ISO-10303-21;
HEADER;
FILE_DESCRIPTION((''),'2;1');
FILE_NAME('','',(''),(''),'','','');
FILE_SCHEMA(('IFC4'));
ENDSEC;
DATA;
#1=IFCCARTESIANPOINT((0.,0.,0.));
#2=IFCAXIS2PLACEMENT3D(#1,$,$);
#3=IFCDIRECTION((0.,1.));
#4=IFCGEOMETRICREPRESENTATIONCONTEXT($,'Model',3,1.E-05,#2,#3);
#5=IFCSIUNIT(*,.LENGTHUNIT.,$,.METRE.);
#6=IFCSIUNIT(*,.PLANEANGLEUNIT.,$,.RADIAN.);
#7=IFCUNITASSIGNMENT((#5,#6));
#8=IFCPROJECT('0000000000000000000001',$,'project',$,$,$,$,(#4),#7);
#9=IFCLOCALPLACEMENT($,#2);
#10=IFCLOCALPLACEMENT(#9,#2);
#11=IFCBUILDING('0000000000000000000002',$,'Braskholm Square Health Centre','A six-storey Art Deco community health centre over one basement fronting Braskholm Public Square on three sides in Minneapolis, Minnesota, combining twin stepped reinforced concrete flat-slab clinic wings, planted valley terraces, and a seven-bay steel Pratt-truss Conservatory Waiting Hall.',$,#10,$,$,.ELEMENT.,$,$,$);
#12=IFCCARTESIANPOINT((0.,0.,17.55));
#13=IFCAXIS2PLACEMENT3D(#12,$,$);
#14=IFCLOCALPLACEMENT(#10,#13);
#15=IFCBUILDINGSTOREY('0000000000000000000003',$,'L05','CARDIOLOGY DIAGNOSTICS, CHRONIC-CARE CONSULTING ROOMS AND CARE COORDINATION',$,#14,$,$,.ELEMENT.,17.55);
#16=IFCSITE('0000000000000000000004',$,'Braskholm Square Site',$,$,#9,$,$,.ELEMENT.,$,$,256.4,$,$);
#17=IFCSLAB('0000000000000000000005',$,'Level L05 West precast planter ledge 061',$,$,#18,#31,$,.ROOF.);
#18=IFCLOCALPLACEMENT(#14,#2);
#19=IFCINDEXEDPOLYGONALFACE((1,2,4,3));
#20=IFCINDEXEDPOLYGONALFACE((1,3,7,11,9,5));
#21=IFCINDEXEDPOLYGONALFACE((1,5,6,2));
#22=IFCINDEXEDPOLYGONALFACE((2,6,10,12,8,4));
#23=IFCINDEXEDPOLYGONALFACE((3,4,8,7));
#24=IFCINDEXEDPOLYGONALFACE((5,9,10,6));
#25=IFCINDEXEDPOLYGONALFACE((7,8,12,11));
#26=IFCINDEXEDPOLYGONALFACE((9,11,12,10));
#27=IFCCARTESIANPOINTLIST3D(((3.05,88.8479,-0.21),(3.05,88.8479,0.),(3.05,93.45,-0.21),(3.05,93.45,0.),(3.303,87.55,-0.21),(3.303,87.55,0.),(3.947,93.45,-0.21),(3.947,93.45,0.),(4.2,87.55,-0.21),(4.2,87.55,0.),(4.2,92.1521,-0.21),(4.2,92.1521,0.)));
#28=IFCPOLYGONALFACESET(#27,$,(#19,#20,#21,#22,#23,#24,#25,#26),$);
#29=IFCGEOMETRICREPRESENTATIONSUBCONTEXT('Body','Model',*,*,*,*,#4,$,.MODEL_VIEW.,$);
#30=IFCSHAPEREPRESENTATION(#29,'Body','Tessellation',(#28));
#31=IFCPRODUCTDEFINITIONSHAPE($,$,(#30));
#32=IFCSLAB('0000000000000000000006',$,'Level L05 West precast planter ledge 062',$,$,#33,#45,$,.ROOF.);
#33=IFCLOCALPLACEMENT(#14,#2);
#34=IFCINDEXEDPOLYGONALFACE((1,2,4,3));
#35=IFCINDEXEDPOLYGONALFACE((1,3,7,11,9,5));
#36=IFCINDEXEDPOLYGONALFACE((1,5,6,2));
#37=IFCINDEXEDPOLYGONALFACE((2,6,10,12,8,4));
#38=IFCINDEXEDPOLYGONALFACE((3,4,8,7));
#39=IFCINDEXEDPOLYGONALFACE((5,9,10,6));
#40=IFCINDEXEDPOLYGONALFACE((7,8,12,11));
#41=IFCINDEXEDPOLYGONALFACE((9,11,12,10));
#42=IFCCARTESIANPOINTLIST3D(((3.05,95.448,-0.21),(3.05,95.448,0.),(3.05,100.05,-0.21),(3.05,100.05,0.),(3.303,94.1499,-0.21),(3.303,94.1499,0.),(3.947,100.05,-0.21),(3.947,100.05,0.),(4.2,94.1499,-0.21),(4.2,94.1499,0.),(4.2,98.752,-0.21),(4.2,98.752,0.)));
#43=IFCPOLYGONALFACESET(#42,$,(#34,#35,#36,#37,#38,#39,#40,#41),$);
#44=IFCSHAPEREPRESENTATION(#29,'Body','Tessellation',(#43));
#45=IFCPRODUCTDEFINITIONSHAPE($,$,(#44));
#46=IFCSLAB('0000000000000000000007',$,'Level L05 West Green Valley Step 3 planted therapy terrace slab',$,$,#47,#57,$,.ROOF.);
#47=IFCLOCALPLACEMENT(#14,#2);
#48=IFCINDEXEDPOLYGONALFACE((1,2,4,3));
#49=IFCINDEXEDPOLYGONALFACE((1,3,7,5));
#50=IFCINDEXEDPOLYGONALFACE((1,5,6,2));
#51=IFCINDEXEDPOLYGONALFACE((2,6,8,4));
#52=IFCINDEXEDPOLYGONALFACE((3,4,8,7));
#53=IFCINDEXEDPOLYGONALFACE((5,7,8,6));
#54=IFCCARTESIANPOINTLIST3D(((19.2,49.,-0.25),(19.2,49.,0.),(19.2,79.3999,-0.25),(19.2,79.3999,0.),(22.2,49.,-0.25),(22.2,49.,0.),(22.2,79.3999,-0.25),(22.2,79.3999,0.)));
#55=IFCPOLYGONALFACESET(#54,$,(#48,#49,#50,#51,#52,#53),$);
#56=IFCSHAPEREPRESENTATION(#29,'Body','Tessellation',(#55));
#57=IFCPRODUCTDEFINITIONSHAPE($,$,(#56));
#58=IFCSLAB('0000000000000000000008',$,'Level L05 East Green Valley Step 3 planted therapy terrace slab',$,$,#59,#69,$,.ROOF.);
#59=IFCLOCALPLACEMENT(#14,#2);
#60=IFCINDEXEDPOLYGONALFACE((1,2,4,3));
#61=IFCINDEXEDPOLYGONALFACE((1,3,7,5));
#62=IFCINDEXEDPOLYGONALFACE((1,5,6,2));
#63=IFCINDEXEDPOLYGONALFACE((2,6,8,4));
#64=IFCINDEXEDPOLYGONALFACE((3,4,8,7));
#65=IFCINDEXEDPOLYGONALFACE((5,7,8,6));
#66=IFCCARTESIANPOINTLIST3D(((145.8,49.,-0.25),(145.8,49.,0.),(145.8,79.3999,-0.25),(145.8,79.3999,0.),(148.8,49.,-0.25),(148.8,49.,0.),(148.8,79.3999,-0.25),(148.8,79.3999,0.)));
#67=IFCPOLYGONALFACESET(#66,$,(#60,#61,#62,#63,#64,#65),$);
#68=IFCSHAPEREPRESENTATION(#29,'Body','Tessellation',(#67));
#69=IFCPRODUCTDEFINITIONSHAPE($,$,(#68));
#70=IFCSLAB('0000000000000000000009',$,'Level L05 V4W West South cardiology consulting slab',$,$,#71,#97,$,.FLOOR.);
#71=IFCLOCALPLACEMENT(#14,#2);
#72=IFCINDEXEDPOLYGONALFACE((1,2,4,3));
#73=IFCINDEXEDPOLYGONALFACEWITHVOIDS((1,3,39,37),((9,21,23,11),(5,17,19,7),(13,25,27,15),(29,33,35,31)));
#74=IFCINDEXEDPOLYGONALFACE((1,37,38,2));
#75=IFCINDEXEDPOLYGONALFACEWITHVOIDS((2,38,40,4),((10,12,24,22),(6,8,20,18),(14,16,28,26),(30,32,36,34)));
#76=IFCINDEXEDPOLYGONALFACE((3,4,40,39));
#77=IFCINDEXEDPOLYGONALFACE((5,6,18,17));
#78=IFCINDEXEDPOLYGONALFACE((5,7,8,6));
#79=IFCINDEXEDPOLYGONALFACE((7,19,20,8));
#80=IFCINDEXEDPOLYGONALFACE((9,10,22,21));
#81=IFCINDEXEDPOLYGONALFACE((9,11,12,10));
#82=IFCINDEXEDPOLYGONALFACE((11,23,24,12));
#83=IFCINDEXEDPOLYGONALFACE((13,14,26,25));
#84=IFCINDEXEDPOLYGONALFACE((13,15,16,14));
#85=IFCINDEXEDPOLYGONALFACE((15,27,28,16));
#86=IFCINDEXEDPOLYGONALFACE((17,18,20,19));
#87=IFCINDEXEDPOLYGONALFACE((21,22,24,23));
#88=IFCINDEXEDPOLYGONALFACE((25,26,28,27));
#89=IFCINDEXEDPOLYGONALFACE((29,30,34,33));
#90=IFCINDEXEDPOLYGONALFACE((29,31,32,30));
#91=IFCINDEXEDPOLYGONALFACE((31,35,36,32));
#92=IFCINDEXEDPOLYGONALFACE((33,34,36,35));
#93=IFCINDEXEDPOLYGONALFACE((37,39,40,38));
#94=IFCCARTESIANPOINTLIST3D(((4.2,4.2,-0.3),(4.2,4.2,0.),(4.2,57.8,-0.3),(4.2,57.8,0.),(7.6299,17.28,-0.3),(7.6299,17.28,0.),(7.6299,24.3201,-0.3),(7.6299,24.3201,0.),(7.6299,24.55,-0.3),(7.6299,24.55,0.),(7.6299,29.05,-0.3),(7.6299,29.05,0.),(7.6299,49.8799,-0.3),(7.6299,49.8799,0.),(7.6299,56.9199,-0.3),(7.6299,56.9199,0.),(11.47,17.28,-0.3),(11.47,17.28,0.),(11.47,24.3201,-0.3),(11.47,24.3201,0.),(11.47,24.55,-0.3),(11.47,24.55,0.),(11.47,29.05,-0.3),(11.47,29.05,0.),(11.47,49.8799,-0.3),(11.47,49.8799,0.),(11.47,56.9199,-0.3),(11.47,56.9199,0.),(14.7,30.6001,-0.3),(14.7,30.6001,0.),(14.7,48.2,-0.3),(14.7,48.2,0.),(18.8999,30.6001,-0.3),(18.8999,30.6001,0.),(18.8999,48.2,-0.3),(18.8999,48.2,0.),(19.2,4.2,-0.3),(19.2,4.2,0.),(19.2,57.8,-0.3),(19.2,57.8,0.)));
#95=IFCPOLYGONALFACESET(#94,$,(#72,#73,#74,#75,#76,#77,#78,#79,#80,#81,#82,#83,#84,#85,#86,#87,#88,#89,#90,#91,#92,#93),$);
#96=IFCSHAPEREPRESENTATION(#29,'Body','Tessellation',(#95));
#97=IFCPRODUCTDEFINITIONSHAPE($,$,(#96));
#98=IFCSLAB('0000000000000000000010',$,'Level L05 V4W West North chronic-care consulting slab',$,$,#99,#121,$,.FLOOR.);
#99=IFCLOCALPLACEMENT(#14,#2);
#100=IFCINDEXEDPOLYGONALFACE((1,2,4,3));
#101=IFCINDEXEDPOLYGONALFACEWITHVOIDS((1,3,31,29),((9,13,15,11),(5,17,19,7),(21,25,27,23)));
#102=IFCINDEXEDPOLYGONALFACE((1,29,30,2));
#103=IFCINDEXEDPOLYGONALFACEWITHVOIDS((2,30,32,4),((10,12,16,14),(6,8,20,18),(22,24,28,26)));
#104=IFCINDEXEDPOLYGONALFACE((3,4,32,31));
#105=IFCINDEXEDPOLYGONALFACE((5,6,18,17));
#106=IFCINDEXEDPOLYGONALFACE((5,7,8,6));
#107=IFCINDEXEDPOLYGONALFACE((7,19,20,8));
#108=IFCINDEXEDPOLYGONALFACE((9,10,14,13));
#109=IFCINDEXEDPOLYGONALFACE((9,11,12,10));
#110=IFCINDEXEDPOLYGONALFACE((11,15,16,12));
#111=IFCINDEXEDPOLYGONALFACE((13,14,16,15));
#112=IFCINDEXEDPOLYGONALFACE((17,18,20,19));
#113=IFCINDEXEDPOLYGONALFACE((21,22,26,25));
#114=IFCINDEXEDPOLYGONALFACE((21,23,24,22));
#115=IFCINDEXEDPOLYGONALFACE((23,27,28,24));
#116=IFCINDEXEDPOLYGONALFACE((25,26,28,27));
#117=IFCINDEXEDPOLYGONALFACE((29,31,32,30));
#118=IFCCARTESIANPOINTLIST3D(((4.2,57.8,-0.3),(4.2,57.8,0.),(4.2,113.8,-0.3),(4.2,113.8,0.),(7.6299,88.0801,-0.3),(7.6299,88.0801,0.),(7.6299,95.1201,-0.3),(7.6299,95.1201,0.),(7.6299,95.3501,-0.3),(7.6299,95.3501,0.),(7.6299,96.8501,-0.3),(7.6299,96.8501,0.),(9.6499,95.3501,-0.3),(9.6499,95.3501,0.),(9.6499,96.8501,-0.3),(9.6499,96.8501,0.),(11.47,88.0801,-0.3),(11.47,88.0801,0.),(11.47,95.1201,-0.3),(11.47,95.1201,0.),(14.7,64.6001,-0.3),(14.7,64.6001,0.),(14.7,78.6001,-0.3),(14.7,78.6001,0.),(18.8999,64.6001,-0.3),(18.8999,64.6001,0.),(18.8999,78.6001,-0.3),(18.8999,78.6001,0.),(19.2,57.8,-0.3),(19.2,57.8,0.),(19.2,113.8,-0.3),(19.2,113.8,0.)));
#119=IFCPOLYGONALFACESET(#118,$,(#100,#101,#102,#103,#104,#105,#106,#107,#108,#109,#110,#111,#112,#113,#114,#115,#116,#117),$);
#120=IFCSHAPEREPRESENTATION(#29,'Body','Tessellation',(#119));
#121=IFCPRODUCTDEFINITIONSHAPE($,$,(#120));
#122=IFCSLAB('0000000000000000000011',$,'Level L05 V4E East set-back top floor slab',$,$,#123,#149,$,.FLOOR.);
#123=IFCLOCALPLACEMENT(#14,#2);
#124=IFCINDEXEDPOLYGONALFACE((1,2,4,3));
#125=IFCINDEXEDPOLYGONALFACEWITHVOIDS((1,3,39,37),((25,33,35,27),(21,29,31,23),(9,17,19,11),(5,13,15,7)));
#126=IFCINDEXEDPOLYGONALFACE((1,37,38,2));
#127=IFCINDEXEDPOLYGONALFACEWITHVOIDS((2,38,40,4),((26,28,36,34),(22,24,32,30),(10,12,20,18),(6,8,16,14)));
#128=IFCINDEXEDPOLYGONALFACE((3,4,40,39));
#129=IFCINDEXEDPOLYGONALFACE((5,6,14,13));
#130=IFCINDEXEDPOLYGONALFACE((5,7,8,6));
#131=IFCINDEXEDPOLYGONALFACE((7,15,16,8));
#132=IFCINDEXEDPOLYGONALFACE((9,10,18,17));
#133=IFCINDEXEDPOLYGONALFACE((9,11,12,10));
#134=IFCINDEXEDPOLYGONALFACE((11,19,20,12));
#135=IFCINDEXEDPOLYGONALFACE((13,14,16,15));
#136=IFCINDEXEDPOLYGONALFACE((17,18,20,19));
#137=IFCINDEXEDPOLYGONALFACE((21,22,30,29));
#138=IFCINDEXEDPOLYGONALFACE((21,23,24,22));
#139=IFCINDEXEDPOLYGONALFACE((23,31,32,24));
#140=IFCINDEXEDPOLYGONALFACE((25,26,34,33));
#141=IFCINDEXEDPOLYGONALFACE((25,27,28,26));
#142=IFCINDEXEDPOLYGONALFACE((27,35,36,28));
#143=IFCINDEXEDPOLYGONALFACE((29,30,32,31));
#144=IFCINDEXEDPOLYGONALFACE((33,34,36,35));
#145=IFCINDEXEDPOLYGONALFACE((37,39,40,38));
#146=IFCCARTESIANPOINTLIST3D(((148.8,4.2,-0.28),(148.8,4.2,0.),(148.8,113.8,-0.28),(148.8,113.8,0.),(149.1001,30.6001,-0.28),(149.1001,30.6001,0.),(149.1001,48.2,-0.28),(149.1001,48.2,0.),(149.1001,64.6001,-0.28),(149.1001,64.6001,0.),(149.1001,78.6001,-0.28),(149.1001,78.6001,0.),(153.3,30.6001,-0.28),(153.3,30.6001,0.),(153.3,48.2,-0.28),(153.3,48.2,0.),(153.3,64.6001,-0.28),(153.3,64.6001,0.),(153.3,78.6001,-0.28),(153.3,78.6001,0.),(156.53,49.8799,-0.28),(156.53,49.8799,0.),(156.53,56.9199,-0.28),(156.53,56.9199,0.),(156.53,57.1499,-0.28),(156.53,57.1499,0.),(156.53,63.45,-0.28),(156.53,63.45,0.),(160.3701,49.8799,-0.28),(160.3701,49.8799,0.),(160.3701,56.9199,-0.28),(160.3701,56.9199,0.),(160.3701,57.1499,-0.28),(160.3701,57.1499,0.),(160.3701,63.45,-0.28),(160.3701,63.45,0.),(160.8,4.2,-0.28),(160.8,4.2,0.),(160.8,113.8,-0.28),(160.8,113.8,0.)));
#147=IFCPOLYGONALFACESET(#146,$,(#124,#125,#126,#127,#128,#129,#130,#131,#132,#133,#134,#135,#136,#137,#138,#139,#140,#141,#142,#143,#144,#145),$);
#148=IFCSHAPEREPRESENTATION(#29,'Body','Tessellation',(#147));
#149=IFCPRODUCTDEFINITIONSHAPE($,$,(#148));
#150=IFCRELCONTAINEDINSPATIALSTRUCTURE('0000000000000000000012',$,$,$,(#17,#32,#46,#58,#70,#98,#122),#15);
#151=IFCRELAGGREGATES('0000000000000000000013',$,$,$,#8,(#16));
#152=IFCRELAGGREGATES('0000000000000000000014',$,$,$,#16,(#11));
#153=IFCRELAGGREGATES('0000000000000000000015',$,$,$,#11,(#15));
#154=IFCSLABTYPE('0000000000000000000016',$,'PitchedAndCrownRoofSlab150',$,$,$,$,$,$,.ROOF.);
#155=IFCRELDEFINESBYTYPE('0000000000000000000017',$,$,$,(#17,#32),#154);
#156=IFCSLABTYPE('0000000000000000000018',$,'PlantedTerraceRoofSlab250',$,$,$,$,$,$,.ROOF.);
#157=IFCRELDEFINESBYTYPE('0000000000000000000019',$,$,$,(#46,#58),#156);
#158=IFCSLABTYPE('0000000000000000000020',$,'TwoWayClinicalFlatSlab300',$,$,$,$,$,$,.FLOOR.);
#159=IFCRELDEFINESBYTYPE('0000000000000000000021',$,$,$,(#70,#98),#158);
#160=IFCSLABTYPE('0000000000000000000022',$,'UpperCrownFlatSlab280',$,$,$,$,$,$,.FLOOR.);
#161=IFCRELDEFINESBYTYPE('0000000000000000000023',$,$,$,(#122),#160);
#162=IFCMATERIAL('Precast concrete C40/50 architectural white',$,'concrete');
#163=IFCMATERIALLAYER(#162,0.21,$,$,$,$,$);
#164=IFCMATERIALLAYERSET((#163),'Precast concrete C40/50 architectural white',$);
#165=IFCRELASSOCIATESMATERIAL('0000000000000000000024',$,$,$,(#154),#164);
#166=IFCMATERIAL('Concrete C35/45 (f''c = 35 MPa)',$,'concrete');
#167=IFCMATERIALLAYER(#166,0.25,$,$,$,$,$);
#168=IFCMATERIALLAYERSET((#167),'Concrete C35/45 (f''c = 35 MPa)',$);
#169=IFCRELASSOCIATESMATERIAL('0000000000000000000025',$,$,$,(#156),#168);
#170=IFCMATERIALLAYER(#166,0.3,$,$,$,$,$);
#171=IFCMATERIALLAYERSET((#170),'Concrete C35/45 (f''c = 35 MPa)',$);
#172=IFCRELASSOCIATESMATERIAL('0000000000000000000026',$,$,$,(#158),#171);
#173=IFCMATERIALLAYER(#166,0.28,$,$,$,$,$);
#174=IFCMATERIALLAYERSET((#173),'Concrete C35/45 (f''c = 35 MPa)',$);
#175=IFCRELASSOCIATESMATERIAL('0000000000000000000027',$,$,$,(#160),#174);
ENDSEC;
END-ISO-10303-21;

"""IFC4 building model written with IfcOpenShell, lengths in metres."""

from ifc_helpers import new_model, si_unit, direction, frame, origin, place, context, subcontext, project, spatial, polyline, outline, extrude, material, layer, layer_set, type_object, element, save


model = new_model("IFC4")

# Units and contexts
model_context = context("Model", 3, precision=1e-05, world=origin(), true_north=direction((0.0, 1.0)))
body_context = subcontext(model_context, "Body", "Model", "MODEL_VIEW")
ifc_project = project(units=[si_unit("LENGTHUNIT", "METRE"), si_unit("PLANEANGLEUNIT", "RADIAN")], contexts=[model_context])

# Site, building, storey
site_placement = place(None, origin())
site = spatial("IfcSite", under=ifc_project, at=site_placement, Name="Braskholm Square Site", CompositionType="ELEMENT", RefElevation=256.4)
building_placement = place(site_placement, origin())
building = spatial("IfcBuilding", under=site, at=building_placement, Name="Braskholm Square Health Centre", Description="A six-storey Art Deco community health centre over one basement fronting Braskholm Public Square on three sides in Minneapolis, Minnesota, combining twin stepped reinforced concrete flat-slab clinic wings, planted valley terraces, and a seven-bay steel Pratt-truss Conservatory Waiting Hall.", CompositionType="ELEMENT")
storey_placement = place(building_placement, frame((0.0, 0.0, 17.55)))
storey = spatial("IfcBuildingStorey", under=building, at=storey_placement, Name="L05", Description="CARDIOLOGY DIAGNOSTICS, CHRONIC-CARE CONSULTING ROOMS AND CARE COORDINATION", CompositionType="ELEMENT", Elevation=17.55)

# Slabs
ifc_material_1 = material(Name="Precast concrete C40/50 architectural white", Category="concrete")
ifc_layer_1 = layer(ifc_material_1, 0.21)
ifc_layer_set_1 = layer_set([ifc_layer_1], Name="Precast concrete C40/50 architectural white")
slab_type_1 = type_object("IfcSlabType", Name="PitchedAndCrownRoofSlab150", PredefinedType="ROOF", material=ifc_layer_set_1)
slab_1_placement = place(storey_placement, frame((0.0, 0.0, -0.21)))
element("IfcSlab", 1, at=slab_1_placement, inside=storey, type_object=slab_type_1, Name="Level L05 West precast planter ledge 061", PredefinedType="ROOF", context=body_context, shape_type="SweptSolid", body=[
    extrude(outline(polyline([(3.303, 87.55), (4.2, 87.55), (4.2, 92.1521), (3.947, 93.45), (3.05, 93.45), (3.05, 88.8479), (3.303, 87.55)])), origin(), (0.0, 0.0, 1.0), 0.21),
])
slab_2_placement = place(storey_placement, frame((0.0, 0.0, -0.21)))
element("IfcSlab", 2, at=slab_2_placement, inside=storey, type_object=slab_type_1, Name="Level L05 West precast planter ledge 062", PredefinedType="ROOF", context=body_context, shape_type="SweptSolid", body=[
    extrude(outline(polyline([(3.303, 94.1499), (4.2, 94.1499), (4.2, 98.752), (3.947, 100.05), (3.05, 100.05), (3.05, 95.448), (3.303, 94.1499)])), origin(), (0.0, 0.0, 1.0), 0.21),
])
ifc_material_2 = material(Name="Concrete C35/45 (f'c = 35 MPa)", Category="concrete")
ifc_layer_2 = layer(ifc_material_2, 0.25)
ifc_layer_set_2 = layer_set([ifc_layer_2], Name="Concrete C35/45 (f'c = 35 MPa)")
slab_type_2 = type_object("IfcSlabType", Name="PlantedTerraceRoofSlab250", PredefinedType="ROOF", material=ifc_layer_set_2)
slab_3_placement = place(storey_placement, frame((0.0, 0.0, -0.25)))
element("IfcSlab", 3, at=slab_3_placement, inside=storey, type_object=slab_type_2, Name="Level L05 West Green Valley Step 3 planted therapy terrace slab", PredefinedType="ROOF", context=body_context, shape_type="SweptSolid", body=[
    extrude(outline(polyline([(19.2, 49.0), (22.2, 49.0), (22.2, 79.3999), (19.2, 79.3999), (19.2, 49.0)])), origin(), (0.0, 0.0, 1.0), 0.25),
])
slab_4_placement = place(storey_placement, frame((0.0, 0.0, -0.25)))
element("IfcSlab", 4, at=slab_4_placement, inside=storey, type_object=slab_type_2, Name="Level L05 East Green Valley Step 3 planted therapy terrace slab", PredefinedType="ROOF", context=body_context, shape_type="SweptSolid", body=[
    extrude(outline(polyline([(145.8, 49.0), (148.8, 49.0), (148.8, 79.3999), (145.8, 79.3999), (145.8, 49.0)])), origin(), (0.0, 0.0, 1.0), 0.25),
])
ifc_layer_3 = layer(ifc_material_2, 0.3)
ifc_layer_set_3 = layer_set([ifc_layer_3], Name="Concrete C35/45 (f'c = 35 MPa)")
slab_type_3 = type_object("IfcSlabType", Name="TwoWayClinicalFlatSlab300", PredefinedType="FLOOR", material=ifc_layer_set_3)
slab_5_placement = place(storey_placement, frame((0.0, 0.0, -0.3)))
element("IfcSlab", 5, at=slab_5_placement, inside=storey, type_object=slab_type_3, Name="Level L05 V4W West South cardiology consulting slab", PredefinedType="FLOOR", context=body_context, shape_type="SweptSolid", body=[
    extrude(outline(polyline([(4.2, 4.2), (19.2, 4.2), (19.2, 57.8), (4.2, 57.8), (4.2, 4.2)]), holes=[polyline([(7.6299, 17.28), (11.47, 17.28), (11.47, 24.3201), (7.6299, 24.3201), (7.6299, 17.28)]), polyline([(7.6299, 24.55), (11.47, 24.55), (11.47, 29.05), (7.6299, 29.05), (7.6299, 24.55)]), polyline([(7.6299, 49.8799), (11.47, 49.8799), (11.47, 56.9199), (7.6299, 56.9199), (7.6299, 49.8799)]), polyline([(14.7, 30.6001), (18.8999, 30.6001), (18.8999, 48.2), (14.7, 48.2), (14.7, 30.6001)])]), origin(), (0.0, 0.0, 1.0), 0.3),
])
slab_6_placement = place(storey_placement, frame((0.0, 0.0, -0.3)))
element("IfcSlab", 6, at=slab_6_placement, inside=storey, type_object=slab_type_3, Name="Level L05 V4W West North chronic-care consulting slab", PredefinedType="FLOOR", context=body_context, shape_type="SweptSolid", body=[
    extrude(outline(polyline([(4.2, 57.8), (19.2, 57.8), (19.2, 113.8), (4.2, 113.8), (4.2, 57.8)]), holes=[polyline([(7.6299, 88.0801), (11.47, 88.0801), (11.47, 95.1201), (7.6299, 95.1201), (7.6299, 88.0801)]), polyline([(7.6299, 95.3501), (9.6499, 95.3501), (9.6499, 96.8501), (7.6299, 96.8501), (7.6299, 95.3501)]), polyline([(14.7, 64.6001), (18.8999, 64.6001), (18.8999, 78.6001), (14.7, 78.6001), (14.7, 64.6001)])]), origin(), (0.0, 0.0, 1.0), 0.3),
])
ifc_layer_4 = layer(ifc_material_2, 0.28)
ifc_layer_set_4 = layer_set([ifc_layer_4], Name="Concrete C35/45 (f'c = 35 MPa)")
slab_type_4 = type_object("IfcSlabType", Name="UpperCrownFlatSlab280", PredefinedType="FLOOR", material=ifc_layer_set_4)
slab_7_placement = place(storey_placement, frame((0.0, 0.0, -0.28)))
element("IfcSlab", 7, at=slab_7_placement, inside=storey, type_object=slab_type_4, Name="Level L05 V4E East set-back top floor slab", PredefinedType="FLOOR", context=body_context, shape_type="SweptSolid", body=[
    extrude(outline(polyline([(148.8, 4.2), (160.8, 4.2), (160.8, 113.8), (148.8, 113.8), (148.8, 4.2)]), holes=[polyline([(156.53, 49.8799), (160.3701, 49.8799), (160.3701, 56.9199), (156.53, 56.9199), (156.53, 49.8799)]), polyline([(156.53, 57.1499), (160.3701, 57.1499), (160.3701, 63.45), (156.53, 63.45), (156.53, 57.1499)]), polyline([(149.1001, 30.6001), (153.3, 30.6001), (153.3, 48.2), (149.1001, 48.2), (149.1001, 30.6001)]), polyline([(149.1001, 64.6001), (153.3, 64.6001), (153.3, 78.6001), (149.1001, 78.6001), (149.1001, 64.6001)])]), origin(), (0.0, 0.0, 1.0), 0.28),
])

save(model, "model.ifc")
